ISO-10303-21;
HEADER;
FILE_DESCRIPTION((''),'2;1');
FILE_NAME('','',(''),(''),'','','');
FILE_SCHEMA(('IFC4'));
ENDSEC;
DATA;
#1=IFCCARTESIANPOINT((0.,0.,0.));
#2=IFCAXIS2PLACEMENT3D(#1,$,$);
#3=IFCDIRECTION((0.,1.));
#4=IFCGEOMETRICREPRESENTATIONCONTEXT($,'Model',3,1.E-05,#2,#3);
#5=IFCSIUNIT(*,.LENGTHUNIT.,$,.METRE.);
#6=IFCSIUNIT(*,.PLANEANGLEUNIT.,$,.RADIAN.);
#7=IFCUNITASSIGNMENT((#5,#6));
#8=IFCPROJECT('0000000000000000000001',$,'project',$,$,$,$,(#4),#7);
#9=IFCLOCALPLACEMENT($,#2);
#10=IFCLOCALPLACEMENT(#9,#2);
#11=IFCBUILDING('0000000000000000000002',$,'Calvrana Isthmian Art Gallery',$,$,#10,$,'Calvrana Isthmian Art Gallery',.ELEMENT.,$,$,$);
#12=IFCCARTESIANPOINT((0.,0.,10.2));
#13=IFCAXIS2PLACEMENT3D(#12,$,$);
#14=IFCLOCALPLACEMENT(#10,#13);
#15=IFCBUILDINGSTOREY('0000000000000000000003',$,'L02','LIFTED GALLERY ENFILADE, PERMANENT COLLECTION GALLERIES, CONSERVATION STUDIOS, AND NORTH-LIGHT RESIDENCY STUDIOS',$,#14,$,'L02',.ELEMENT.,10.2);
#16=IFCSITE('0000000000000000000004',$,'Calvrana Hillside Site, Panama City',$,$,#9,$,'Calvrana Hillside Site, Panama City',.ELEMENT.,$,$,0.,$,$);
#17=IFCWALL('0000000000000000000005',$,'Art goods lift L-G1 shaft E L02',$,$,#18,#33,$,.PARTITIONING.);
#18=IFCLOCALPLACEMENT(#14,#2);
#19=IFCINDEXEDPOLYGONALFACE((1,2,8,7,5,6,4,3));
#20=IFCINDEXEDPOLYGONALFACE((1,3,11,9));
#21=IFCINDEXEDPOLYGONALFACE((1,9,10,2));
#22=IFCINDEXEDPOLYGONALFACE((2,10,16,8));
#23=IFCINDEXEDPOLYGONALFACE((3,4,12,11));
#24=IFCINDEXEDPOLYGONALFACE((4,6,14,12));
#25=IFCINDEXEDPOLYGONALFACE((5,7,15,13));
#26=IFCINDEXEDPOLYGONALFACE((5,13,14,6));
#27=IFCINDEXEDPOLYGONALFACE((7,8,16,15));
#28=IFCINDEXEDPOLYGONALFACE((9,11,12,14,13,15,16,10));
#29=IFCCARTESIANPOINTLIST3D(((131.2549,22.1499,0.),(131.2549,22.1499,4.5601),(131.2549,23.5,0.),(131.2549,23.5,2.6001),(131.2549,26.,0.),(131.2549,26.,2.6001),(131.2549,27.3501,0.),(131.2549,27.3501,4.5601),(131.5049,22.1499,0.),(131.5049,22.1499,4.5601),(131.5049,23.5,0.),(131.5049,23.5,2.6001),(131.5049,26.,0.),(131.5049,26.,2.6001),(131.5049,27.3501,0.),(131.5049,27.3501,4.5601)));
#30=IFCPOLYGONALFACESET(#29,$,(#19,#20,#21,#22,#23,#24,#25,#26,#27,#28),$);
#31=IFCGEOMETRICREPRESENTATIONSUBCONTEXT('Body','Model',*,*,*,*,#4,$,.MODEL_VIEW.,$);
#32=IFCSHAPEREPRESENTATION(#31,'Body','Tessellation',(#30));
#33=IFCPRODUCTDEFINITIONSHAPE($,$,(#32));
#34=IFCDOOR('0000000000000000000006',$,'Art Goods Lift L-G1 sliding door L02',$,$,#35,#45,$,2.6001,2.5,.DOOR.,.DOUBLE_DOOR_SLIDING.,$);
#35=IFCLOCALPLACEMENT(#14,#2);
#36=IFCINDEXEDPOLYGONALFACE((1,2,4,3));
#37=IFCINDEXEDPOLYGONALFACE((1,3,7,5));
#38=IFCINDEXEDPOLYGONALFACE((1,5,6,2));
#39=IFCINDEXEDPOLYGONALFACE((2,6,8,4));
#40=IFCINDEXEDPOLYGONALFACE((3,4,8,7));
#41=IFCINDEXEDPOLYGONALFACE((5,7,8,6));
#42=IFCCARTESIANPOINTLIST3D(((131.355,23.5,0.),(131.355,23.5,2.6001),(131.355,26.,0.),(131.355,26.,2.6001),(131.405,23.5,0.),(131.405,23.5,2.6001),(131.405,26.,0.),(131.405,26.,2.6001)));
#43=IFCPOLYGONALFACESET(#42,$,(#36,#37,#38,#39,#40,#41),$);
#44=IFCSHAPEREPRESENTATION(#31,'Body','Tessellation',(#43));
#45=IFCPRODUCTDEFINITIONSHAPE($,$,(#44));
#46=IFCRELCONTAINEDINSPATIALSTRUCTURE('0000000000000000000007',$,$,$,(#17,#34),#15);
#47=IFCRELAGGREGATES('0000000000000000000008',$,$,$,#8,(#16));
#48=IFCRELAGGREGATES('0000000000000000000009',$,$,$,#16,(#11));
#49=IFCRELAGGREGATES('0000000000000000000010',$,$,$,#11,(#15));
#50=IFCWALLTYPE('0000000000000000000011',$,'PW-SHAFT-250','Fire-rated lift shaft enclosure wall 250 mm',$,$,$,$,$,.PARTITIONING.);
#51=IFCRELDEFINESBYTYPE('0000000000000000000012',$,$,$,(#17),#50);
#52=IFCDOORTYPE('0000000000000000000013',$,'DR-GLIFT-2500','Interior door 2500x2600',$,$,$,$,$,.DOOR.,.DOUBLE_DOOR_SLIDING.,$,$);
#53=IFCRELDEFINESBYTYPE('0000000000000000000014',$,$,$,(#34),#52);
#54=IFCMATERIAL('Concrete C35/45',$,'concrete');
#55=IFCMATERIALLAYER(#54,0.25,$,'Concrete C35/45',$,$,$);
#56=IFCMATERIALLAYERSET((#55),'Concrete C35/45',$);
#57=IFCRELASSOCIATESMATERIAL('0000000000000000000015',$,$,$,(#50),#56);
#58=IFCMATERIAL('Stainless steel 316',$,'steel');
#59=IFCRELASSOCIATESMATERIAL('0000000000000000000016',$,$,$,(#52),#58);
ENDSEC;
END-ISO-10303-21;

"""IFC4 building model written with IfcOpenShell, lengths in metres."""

from ifc_helpers import new_model, si_unit, direction, frame, frame_2d, origin, place, context, subcontext, project, spatial, rectangle, extrude, material, layer, layer_set, type_object, element, fill, save


model = new_model("IFC4")

# Units and contexts
model_context = context("Model", 3, precision=1e-05, world=origin(), true_north=direction((0.0, 1.0)))
body_context = subcontext(model_context, "Body", "Model", "MODEL_VIEW")
ifc_project = project(units=[si_unit("LENGTHUNIT", "METRE"), si_unit("PLANEANGLEUNIT", "RADIAN")], contexts=[model_context])

# Site, building, storey
site_placement = place(None, origin())
site = spatial("IfcSite", under=ifc_project, at=site_placement, Name="Calvrana Hillside Site, Panama City", LongName="Calvrana Hillside Site, Panama City", CompositionType="ELEMENT", RefElevation=0.0)
building_placement = place(site_placement, origin())
building = spatial("IfcBuilding", under=site, at=building_placement, Name="Calvrana Isthmian Art Gallery", LongName="Calvrana Isthmian Art Gallery", CompositionType="ELEMENT")
storey_placement = place(building_placement, frame((0.0, 0.0, 10.2)))
storey = spatial("IfcBuildingStorey", under=building, at=storey_placement, Name="L02", Description="LIFTED GALLERY ENFILADE, PERMANENT COLLECTION GALLERIES, CONSERVATION STUDIOS, AND NORTH-LIGHT RESIDENCY STUDIOS", LongName="L02", CompositionType="ELEMENT", Elevation=10.2)

# Shared definitions
ifc_material_1 = material(Name="Concrete C35/45", Category="concrete")
ifc_layer_1 = layer(ifc_material_1, 0.25, Name="Concrete C35/45")
ifc_layer_set_1 = layer_set([ifc_layer_1], Name="Concrete C35/45")
wall_type_1 = type_object("IfcWallType", Name="PW-SHAFT-250", Description="Fire-rated lift shaft enclosure wall 250 mm", PredefinedType="PARTITIONING", material=ifc_layer_set_1)

# Wall, opening, door
wall_1_placement = place(storey_placement, frame((131.3799, 22.1499, 0.0), z_axis=(0.0, 0.0, 1.0), x_axis=(0.0, 1.0, 0.0)))
wall_1 = element("IfcWall", 1, at=wall_1_placement, inside=storey, type_object=wall_type_1, Name="Art goods lift L-G1 shaft E L02", PredefinedType="PARTITIONING", context=body_context, shape_type="SweptSolid", body=[
    extrude(rectangle(XDim=5.2002, YDim=0.25, at=frame_2d((2.6001, 0.0))), origin(), (0.0, 0.0, 1.0), 4.5601),
])
opening_placement = place(wall_1_placement, frame((1.3501, 0.0, 0.0)))
opening = element("IfcOpeningElement", 2, at=opening_placement, cuts=wall_1, PredefinedType="OPENING", context=body_context, shape_type="SweptSolid", body=[
    extrude(rectangle(XDim=2.5, YDim=2.6001, at=frame_2d((1.25, 1.3))), frame((0.0, 0.1353, 0.0), z_axis=(0.0, -1.0, 0.0), x_axis=(1.0, 0.0, 0.0)), (0.0, 0.0, 1.0), 0.2705),
])
ifc_material_2 = material(Name="Stainless steel 316", Category="steel")
door_type = type_object("IfcDoorType", Name="DR-GLIFT-2500", Description="Interior door 2500x2600", OperationType="DOUBLE_DOOR_SLIDING", PredefinedType="DOOR", material=ifc_material_2)
door_placement = place(opening_placement, origin())
door = element("IfcDoor", 3, at=door_placement, inside=storey, type_object=door_type, Name="Art Goods Lift L-G1 sliding door L02", OperationType="DOUBLE_DOOR_SLIDING", OverallHeight=2.6001, OverallWidth=2.5, PredefinedType="DOOR", context=body_context, shape_type="SweptSolid", body=[
    extrude(rectangle(XDim=2.5, YDim=2.6001, at=frame_2d((1.25, 1.3))), frame((0.0, 0.0249, 0.0), z_axis=(0.0, -1.0, 0.0), x_axis=(1.0, 0.0, 0.0)), (0.0, 0.0, 1.0), 0.05),
])
fill(opening, door)

save(model, "model.ifc")
